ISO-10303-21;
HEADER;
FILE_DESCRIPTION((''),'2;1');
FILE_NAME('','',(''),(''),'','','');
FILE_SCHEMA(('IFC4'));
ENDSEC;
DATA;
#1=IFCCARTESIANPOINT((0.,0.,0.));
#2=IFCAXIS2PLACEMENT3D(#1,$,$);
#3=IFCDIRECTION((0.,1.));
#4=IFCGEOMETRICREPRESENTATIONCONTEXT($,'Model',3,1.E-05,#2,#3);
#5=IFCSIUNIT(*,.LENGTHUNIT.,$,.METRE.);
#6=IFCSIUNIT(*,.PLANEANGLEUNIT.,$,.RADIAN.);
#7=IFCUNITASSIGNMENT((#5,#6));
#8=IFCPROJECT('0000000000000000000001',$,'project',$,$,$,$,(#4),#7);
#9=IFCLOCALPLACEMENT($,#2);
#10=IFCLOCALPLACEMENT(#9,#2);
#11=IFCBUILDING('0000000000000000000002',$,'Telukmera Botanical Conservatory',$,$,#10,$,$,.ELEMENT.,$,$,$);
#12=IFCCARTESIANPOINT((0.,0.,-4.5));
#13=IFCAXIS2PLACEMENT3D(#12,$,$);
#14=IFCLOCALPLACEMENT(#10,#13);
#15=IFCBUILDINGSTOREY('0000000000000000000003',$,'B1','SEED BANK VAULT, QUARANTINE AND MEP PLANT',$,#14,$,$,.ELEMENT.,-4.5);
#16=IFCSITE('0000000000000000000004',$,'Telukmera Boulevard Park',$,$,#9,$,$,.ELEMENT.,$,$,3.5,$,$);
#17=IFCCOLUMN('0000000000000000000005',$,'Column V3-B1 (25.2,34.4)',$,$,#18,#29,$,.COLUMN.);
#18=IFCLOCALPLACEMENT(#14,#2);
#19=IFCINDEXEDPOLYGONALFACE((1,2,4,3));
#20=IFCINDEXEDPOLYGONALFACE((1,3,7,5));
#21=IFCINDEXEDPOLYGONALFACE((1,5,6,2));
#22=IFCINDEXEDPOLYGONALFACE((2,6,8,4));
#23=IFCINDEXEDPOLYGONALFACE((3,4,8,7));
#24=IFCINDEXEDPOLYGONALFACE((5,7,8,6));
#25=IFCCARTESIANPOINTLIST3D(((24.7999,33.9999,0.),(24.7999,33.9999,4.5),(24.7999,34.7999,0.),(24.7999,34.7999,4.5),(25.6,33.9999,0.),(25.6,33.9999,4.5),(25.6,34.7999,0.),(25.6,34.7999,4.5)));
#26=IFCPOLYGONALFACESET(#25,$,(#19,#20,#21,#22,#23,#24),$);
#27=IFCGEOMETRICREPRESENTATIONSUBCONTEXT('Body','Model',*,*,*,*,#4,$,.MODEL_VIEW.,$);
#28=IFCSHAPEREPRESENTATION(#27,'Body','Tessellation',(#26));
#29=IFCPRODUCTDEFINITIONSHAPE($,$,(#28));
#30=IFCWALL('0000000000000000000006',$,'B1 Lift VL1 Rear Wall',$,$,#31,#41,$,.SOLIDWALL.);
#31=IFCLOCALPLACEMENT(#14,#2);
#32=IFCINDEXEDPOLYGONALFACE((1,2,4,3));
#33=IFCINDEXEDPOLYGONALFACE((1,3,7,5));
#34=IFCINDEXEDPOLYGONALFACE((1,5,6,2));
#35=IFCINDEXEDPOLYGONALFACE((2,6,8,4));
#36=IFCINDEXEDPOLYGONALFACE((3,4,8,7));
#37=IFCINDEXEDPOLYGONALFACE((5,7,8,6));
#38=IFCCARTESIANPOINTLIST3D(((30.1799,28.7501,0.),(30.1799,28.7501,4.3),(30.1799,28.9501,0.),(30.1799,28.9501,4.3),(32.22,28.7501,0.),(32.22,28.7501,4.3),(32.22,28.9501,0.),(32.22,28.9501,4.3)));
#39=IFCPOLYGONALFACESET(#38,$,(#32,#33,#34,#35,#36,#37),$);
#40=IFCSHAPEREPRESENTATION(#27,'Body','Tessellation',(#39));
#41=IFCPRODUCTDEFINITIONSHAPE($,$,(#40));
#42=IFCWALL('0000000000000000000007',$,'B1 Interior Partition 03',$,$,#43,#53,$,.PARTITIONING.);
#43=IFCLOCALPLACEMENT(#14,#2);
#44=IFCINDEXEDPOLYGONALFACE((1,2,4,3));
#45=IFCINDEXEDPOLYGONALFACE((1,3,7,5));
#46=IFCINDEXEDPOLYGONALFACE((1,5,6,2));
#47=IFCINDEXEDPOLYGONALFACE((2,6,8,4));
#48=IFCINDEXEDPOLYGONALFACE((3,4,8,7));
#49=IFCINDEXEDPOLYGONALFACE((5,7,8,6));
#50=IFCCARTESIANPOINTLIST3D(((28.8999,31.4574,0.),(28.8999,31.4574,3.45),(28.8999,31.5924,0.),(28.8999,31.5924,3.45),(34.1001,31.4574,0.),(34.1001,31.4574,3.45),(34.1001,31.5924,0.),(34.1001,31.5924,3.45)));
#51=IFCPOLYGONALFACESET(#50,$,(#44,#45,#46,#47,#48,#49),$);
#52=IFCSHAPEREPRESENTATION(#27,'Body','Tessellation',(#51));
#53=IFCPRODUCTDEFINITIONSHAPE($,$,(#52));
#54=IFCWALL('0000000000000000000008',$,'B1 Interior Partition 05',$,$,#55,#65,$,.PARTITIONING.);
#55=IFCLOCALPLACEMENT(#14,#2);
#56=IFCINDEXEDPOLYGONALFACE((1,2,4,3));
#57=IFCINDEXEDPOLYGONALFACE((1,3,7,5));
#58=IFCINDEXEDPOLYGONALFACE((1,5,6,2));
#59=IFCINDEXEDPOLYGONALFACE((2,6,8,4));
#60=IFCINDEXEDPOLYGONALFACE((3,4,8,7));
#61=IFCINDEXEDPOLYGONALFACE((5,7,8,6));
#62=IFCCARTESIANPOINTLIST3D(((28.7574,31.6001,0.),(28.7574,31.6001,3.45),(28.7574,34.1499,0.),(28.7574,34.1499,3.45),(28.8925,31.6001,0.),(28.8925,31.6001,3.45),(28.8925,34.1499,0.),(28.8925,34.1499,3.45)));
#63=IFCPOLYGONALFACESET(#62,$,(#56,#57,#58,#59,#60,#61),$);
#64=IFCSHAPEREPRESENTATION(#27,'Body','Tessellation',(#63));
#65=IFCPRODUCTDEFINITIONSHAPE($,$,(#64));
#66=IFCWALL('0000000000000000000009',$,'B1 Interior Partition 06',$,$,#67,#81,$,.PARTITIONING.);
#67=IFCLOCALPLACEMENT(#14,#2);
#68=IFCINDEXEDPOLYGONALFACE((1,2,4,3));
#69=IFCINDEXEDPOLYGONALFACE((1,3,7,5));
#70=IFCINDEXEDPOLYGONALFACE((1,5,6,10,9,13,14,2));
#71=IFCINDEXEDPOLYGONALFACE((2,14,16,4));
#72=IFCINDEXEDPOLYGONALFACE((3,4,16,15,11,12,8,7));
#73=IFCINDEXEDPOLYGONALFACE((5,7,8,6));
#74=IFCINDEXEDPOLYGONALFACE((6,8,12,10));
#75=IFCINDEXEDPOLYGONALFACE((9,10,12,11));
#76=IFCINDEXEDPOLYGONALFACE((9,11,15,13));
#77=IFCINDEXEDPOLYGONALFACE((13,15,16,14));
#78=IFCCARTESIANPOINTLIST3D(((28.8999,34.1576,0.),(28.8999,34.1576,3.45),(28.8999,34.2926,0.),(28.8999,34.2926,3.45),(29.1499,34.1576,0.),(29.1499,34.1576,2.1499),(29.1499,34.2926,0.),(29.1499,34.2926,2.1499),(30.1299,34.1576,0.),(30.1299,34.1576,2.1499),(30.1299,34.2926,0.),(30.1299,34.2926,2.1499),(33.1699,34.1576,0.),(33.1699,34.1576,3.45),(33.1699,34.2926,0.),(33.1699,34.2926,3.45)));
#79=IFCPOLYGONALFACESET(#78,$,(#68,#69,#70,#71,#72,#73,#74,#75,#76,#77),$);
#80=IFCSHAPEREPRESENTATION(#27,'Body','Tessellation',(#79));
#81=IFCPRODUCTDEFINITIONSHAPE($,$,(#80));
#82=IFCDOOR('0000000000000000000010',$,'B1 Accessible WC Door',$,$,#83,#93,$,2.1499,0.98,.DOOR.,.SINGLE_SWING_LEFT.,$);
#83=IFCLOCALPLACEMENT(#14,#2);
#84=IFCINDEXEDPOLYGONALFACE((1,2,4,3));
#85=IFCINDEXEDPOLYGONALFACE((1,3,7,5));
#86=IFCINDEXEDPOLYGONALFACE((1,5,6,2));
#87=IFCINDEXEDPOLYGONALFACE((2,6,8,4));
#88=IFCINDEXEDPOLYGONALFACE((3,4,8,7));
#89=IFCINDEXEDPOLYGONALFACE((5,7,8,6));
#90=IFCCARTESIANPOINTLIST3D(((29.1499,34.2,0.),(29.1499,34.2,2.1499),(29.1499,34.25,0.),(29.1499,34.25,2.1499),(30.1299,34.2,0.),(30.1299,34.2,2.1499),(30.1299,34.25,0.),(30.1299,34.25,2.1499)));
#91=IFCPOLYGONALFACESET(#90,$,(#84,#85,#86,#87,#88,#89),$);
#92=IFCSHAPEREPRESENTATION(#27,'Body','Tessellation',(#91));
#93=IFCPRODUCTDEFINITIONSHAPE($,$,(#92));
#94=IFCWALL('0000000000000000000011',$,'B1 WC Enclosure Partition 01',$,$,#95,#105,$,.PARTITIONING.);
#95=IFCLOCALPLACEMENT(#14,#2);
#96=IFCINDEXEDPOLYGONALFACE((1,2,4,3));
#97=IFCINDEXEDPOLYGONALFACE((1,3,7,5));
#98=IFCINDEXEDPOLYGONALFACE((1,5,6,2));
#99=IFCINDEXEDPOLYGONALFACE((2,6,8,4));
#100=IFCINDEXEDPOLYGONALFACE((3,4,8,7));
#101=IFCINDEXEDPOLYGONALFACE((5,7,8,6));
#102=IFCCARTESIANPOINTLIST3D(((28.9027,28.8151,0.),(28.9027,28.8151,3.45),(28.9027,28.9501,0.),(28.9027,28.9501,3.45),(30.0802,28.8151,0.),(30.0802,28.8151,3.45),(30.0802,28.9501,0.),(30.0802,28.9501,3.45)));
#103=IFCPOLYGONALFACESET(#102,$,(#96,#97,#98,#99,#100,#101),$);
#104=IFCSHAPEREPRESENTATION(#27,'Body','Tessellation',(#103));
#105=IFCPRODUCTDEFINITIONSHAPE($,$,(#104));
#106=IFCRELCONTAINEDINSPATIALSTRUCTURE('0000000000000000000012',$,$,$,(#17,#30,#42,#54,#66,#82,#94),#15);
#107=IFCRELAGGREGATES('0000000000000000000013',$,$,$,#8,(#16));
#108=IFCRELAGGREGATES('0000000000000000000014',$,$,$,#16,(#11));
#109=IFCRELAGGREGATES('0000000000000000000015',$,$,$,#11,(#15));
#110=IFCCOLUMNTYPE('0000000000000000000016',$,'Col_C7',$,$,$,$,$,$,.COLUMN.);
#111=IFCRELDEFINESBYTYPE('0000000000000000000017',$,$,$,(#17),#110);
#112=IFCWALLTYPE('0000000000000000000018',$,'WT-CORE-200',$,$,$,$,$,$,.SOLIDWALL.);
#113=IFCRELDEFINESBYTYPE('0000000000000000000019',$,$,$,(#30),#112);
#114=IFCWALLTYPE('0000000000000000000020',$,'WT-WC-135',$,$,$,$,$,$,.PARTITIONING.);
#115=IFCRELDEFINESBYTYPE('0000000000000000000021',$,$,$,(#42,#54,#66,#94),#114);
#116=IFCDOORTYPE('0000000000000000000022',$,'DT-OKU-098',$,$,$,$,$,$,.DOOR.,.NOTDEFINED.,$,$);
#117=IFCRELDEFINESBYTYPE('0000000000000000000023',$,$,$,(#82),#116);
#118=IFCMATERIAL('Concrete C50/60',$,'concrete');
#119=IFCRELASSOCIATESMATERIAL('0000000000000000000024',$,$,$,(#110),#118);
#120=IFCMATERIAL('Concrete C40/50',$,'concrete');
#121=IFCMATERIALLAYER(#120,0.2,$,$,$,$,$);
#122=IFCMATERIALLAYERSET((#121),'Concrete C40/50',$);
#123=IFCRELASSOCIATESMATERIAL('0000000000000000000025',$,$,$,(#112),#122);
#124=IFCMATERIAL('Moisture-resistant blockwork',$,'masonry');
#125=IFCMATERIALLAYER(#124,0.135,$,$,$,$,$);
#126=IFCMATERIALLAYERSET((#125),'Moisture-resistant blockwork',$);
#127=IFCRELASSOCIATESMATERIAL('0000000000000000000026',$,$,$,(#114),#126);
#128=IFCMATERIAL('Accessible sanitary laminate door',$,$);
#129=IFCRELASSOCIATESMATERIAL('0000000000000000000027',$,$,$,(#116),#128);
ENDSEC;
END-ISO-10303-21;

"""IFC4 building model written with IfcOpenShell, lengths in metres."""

from ifc_helpers import new_model, si_unit, direction, frame, frame_2d, origin, origin_2d, place, context, subcontext, project, spatial, rectangle, extrude, material, layer, layer_set, material_profile, profile_set, type_object, element, fill, save


model = new_model("IFC4")

# Units and contexts
model_context = context("Model", 3, precision=1e-05, world=origin(), true_north=direction((0.0, 1.0)))
body_context = subcontext(model_context, "Body", "Model", "MODEL_VIEW")
ifc_project = project(units=[si_unit("LENGTHUNIT", "METRE"), si_unit("PLANEANGLEUNIT", "RADIAN")], contexts=[model_context])

# Site, building, storey
site_placement = place(None, origin())
site = spatial("IfcSite", under=ifc_project, at=site_placement, Name="Telukmera Boulevard Park", CompositionType="ELEMENT", RefElevation=3.5)
building_placement = place(site_placement, origin())
building = spatial("IfcBuilding", under=site, at=building_placement, Name="Telukmera Botanical Conservatory", CompositionType="ELEMENT")
storey_placement = place(building_placement, frame((0.0, 0.0, -4.5)))
storey = spatial("IfcBuildingStorey", under=building, at=storey_placement, Name="B1", Description="SEED BANK VAULT, QUARANTINE AND MEP PLANT", CompositionType="ELEMENT", Elevation=-4.5)

# Shared definitions
ifc_material_1 = material(Name="Concrete C50/60", Category="concrete")
ifc_material_2 = material(Name="Concrete C40/50", Category="concrete")

# Column
ifc_material_profile_1 = material_profile(ifc_material_1, rectangle(XDim=0.8, YDim=0.8, at=origin_2d()), Name="RC 800x800")
ifc_profile_set_1 = profile_set([ifc_material_profile_1], Name="Concrete C50/60")
column_type = type_object("IfcColumnType", Name="Col_C7", PredefinedType="COLUMN", material=ifc_profile_set_1)
column_placement = place(storey_placement, frame((25.2, 34.3999, 0.0), z_axis=(0.0, 0.0, 1.0), x_axis=(1.0, 0.0, 0.0)))
element("IfcColumn", 1, at=column_placement, inside=storey, type_object=column_type, Name="Column V3-B1 (25.2,34.4)", PredefinedType="COLUMN", context=body_context, shape_type="SweptSolid", body=[
    extrude(rectangle(XDim=0.8, YDim=0.8, at=origin_2d()), origin(), (0.0, 0.0, 1.0), 4.5),
])

# Walls
ifc_layer_1 = layer(ifc_material_2, 0.2)
ifc_layer_set_1 = layer_set([ifc_layer_1], Name="Concrete C40/50")
wall_type_1 = type_object("IfcWallType", Name="WT-CORE-200", PredefinedType="SOLIDWALL", material=ifc_layer_set_1)
wall_1_placement = place(storey_placement, frame((30.1799, 28.8501, 0.0), z_axis=(0.0, 0.0, 1.0), x_axis=(1.0, 0.0, 0.0)))
element("IfcWall", 2, at=wall_1_placement, inside=storey, type_object=wall_type_1, Name="B1 Lift VL1 Rear Wall", PredefinedType="SOLIDWALL", context=body_context, shape_type="SweptSolid", body=[
    extrude(rectangle(XDim=2.04, YDim=0.2, at=frame_2d((1.02, 0.0))), origin(), (0.0, 0.0, 1.0), 4.3),
])
ifc_material_3 = material(Name="Moisture-resistant blockwork", Category="masonry")
ifc_layer_2 = layer(ifc_material_3, 0.135)
ifc_layer_set_2 = layer_set([ifc_layer_2], Name="Moisture-resistant blockwork")
wall_type_2 = type_object("IfcWallType", Name="WT-WC-135", PredefinedType="PARTITIONING", material=ifc_layer_set_2)
wall_2_placement = place(storey_placement, frame((28.8999, 31.5249, 0.0), z_axis=(0.0, 0.0, 1.0), x_axis=(1.0, 0.0, 0.0)))
element("IfcWall", 3, at=wall_2_placement, inside=storey, type_object=wall_type_2, Name="B1 Interior Partition 03", PredefinedType="PARTITIONING", context=body_context, shape_type="SweptSolid", body=[
    extrude(rectangle(XDim=5.2002, YDim=0.135, at=frame_2d((2.6001, 0.0))), origin(), (0.0, 0.0, 1.0), 3.45),
])

# Wall
wall_3_placement = place(storey_placement, frame((28.825, 31.6001, 0.0), z_axis=(0.0, 0.0, 1.0), x_axis=(0.0, 1.0, 0.0)))
element("IfcWall", 4, at=wall_3_placement, inside=storey, type_object=wall_type_2, Name="B1 Interior Partition 05", PredefinedType="PARTITIONING", context=body_context, shape_type="SweptSolid", body=[
    extrude(rectangle(XDim=2.5498, YDim=0.135, at=frame_2d((1.2749, 0.0))), origin(), (0.0, 0.0, 1.0), 3.45),
])

# Wall, opening, door
wall_4_placement = place(storey_placement, frame((28.8999, 34.2251, 0.0), z_axis=(0.0, 0.0, 1.0), x_axis=(1.0, 0.0, 0.0)))
wall_4 = element("IfcWall", 5, at=wall_4_placement, inside=storey, type_object=wall_type_2, Name="B1 Interior Partition 06", PredefinedType="PARTITIONING", context=body_context, shape_type="SweptSolid", body=[
    extrude(rectangle(XDim=4.27, YDim=0.135, at=frame_2d((2.135, 0.0))), origin(), (0.0, 0.0, 1.0), 3.45),
])
opening_1_placement = place(wall_4_placement, frame((0.25, 0.0, 0.0)))
opening_1 = element("IfcOpeningElement", 6, at=opening_1_placement, cuts=wall_4, PredefinedType="OPENING", context=body_context, shape_type="SweptSolid", body=[
    extrude(rectangle(XDim=0.98, YDim=2.1499, at=frame_2d((0.49, 1.075))), frame((0.0, 0.0774, 0.0), z_axis=(0.0, -1.0, 0.0), x_axis=(1.0, 0.0, 0.0)), (0.0, 0.0, 1.0), 0.155),
])
ifc_material_4 = material(Name="Accessible sanitary laminate door")
door_type_1 = type_object("IfcDoorType", Name="DT-OKU-098", OperationType="NOTDEFINED", PredefinedType="DOOR", material=ifc_material_4)
door_1_placement = place(opening_1_placement, origin())
door_1 = element("IfcDoor", 7, at=door_1_placement, inside=storey, type_object=door_type_1, Name="B1 Accessible WC Door", OperationType="SINGLE_SWING_LEFT", OverallHeight=2.1499, OverallWidth=0.98, PredefinedType="DOOR", context=body_context, shape_type="SweptSolid", body=[
    extrude(rectangle(XDim=0.98, YDim=2.1499, at=frame_2d((0.49, 1.075))), frame((0.0, 0.0249, 0.0), z_axis=(0.0, -1.0, 0.0), x_axis=(1.0, 0.0, 0.0)), (0.0, 0.0, 1.0), 0.05),
])
fill(opening_1, door_1)

# Wall
wall_5_placement = place(storey_placement, frame((28.9026, 28.8826, 0.0), z_axis=(0.0, 0.0, 1.0), x_axis=(1.0, 0.0, 0.0)))
element("IfcWall", 8, at=wall_5_placement, inside=storey, type_object=wall_type_2, Name="B1 WC Enclosure Partition 01", PredefinedType="PARTITIONING", context=body_context, shape_type="SweptSolid", body=[
    extrude(rectangle(XDim=1.1775, YDim=0.135, at=frame_2d((0.5889, 0.0))), origin(), (0.0, 0.0, 1.0), 3.45),
])

save(model, "model.ifc")
